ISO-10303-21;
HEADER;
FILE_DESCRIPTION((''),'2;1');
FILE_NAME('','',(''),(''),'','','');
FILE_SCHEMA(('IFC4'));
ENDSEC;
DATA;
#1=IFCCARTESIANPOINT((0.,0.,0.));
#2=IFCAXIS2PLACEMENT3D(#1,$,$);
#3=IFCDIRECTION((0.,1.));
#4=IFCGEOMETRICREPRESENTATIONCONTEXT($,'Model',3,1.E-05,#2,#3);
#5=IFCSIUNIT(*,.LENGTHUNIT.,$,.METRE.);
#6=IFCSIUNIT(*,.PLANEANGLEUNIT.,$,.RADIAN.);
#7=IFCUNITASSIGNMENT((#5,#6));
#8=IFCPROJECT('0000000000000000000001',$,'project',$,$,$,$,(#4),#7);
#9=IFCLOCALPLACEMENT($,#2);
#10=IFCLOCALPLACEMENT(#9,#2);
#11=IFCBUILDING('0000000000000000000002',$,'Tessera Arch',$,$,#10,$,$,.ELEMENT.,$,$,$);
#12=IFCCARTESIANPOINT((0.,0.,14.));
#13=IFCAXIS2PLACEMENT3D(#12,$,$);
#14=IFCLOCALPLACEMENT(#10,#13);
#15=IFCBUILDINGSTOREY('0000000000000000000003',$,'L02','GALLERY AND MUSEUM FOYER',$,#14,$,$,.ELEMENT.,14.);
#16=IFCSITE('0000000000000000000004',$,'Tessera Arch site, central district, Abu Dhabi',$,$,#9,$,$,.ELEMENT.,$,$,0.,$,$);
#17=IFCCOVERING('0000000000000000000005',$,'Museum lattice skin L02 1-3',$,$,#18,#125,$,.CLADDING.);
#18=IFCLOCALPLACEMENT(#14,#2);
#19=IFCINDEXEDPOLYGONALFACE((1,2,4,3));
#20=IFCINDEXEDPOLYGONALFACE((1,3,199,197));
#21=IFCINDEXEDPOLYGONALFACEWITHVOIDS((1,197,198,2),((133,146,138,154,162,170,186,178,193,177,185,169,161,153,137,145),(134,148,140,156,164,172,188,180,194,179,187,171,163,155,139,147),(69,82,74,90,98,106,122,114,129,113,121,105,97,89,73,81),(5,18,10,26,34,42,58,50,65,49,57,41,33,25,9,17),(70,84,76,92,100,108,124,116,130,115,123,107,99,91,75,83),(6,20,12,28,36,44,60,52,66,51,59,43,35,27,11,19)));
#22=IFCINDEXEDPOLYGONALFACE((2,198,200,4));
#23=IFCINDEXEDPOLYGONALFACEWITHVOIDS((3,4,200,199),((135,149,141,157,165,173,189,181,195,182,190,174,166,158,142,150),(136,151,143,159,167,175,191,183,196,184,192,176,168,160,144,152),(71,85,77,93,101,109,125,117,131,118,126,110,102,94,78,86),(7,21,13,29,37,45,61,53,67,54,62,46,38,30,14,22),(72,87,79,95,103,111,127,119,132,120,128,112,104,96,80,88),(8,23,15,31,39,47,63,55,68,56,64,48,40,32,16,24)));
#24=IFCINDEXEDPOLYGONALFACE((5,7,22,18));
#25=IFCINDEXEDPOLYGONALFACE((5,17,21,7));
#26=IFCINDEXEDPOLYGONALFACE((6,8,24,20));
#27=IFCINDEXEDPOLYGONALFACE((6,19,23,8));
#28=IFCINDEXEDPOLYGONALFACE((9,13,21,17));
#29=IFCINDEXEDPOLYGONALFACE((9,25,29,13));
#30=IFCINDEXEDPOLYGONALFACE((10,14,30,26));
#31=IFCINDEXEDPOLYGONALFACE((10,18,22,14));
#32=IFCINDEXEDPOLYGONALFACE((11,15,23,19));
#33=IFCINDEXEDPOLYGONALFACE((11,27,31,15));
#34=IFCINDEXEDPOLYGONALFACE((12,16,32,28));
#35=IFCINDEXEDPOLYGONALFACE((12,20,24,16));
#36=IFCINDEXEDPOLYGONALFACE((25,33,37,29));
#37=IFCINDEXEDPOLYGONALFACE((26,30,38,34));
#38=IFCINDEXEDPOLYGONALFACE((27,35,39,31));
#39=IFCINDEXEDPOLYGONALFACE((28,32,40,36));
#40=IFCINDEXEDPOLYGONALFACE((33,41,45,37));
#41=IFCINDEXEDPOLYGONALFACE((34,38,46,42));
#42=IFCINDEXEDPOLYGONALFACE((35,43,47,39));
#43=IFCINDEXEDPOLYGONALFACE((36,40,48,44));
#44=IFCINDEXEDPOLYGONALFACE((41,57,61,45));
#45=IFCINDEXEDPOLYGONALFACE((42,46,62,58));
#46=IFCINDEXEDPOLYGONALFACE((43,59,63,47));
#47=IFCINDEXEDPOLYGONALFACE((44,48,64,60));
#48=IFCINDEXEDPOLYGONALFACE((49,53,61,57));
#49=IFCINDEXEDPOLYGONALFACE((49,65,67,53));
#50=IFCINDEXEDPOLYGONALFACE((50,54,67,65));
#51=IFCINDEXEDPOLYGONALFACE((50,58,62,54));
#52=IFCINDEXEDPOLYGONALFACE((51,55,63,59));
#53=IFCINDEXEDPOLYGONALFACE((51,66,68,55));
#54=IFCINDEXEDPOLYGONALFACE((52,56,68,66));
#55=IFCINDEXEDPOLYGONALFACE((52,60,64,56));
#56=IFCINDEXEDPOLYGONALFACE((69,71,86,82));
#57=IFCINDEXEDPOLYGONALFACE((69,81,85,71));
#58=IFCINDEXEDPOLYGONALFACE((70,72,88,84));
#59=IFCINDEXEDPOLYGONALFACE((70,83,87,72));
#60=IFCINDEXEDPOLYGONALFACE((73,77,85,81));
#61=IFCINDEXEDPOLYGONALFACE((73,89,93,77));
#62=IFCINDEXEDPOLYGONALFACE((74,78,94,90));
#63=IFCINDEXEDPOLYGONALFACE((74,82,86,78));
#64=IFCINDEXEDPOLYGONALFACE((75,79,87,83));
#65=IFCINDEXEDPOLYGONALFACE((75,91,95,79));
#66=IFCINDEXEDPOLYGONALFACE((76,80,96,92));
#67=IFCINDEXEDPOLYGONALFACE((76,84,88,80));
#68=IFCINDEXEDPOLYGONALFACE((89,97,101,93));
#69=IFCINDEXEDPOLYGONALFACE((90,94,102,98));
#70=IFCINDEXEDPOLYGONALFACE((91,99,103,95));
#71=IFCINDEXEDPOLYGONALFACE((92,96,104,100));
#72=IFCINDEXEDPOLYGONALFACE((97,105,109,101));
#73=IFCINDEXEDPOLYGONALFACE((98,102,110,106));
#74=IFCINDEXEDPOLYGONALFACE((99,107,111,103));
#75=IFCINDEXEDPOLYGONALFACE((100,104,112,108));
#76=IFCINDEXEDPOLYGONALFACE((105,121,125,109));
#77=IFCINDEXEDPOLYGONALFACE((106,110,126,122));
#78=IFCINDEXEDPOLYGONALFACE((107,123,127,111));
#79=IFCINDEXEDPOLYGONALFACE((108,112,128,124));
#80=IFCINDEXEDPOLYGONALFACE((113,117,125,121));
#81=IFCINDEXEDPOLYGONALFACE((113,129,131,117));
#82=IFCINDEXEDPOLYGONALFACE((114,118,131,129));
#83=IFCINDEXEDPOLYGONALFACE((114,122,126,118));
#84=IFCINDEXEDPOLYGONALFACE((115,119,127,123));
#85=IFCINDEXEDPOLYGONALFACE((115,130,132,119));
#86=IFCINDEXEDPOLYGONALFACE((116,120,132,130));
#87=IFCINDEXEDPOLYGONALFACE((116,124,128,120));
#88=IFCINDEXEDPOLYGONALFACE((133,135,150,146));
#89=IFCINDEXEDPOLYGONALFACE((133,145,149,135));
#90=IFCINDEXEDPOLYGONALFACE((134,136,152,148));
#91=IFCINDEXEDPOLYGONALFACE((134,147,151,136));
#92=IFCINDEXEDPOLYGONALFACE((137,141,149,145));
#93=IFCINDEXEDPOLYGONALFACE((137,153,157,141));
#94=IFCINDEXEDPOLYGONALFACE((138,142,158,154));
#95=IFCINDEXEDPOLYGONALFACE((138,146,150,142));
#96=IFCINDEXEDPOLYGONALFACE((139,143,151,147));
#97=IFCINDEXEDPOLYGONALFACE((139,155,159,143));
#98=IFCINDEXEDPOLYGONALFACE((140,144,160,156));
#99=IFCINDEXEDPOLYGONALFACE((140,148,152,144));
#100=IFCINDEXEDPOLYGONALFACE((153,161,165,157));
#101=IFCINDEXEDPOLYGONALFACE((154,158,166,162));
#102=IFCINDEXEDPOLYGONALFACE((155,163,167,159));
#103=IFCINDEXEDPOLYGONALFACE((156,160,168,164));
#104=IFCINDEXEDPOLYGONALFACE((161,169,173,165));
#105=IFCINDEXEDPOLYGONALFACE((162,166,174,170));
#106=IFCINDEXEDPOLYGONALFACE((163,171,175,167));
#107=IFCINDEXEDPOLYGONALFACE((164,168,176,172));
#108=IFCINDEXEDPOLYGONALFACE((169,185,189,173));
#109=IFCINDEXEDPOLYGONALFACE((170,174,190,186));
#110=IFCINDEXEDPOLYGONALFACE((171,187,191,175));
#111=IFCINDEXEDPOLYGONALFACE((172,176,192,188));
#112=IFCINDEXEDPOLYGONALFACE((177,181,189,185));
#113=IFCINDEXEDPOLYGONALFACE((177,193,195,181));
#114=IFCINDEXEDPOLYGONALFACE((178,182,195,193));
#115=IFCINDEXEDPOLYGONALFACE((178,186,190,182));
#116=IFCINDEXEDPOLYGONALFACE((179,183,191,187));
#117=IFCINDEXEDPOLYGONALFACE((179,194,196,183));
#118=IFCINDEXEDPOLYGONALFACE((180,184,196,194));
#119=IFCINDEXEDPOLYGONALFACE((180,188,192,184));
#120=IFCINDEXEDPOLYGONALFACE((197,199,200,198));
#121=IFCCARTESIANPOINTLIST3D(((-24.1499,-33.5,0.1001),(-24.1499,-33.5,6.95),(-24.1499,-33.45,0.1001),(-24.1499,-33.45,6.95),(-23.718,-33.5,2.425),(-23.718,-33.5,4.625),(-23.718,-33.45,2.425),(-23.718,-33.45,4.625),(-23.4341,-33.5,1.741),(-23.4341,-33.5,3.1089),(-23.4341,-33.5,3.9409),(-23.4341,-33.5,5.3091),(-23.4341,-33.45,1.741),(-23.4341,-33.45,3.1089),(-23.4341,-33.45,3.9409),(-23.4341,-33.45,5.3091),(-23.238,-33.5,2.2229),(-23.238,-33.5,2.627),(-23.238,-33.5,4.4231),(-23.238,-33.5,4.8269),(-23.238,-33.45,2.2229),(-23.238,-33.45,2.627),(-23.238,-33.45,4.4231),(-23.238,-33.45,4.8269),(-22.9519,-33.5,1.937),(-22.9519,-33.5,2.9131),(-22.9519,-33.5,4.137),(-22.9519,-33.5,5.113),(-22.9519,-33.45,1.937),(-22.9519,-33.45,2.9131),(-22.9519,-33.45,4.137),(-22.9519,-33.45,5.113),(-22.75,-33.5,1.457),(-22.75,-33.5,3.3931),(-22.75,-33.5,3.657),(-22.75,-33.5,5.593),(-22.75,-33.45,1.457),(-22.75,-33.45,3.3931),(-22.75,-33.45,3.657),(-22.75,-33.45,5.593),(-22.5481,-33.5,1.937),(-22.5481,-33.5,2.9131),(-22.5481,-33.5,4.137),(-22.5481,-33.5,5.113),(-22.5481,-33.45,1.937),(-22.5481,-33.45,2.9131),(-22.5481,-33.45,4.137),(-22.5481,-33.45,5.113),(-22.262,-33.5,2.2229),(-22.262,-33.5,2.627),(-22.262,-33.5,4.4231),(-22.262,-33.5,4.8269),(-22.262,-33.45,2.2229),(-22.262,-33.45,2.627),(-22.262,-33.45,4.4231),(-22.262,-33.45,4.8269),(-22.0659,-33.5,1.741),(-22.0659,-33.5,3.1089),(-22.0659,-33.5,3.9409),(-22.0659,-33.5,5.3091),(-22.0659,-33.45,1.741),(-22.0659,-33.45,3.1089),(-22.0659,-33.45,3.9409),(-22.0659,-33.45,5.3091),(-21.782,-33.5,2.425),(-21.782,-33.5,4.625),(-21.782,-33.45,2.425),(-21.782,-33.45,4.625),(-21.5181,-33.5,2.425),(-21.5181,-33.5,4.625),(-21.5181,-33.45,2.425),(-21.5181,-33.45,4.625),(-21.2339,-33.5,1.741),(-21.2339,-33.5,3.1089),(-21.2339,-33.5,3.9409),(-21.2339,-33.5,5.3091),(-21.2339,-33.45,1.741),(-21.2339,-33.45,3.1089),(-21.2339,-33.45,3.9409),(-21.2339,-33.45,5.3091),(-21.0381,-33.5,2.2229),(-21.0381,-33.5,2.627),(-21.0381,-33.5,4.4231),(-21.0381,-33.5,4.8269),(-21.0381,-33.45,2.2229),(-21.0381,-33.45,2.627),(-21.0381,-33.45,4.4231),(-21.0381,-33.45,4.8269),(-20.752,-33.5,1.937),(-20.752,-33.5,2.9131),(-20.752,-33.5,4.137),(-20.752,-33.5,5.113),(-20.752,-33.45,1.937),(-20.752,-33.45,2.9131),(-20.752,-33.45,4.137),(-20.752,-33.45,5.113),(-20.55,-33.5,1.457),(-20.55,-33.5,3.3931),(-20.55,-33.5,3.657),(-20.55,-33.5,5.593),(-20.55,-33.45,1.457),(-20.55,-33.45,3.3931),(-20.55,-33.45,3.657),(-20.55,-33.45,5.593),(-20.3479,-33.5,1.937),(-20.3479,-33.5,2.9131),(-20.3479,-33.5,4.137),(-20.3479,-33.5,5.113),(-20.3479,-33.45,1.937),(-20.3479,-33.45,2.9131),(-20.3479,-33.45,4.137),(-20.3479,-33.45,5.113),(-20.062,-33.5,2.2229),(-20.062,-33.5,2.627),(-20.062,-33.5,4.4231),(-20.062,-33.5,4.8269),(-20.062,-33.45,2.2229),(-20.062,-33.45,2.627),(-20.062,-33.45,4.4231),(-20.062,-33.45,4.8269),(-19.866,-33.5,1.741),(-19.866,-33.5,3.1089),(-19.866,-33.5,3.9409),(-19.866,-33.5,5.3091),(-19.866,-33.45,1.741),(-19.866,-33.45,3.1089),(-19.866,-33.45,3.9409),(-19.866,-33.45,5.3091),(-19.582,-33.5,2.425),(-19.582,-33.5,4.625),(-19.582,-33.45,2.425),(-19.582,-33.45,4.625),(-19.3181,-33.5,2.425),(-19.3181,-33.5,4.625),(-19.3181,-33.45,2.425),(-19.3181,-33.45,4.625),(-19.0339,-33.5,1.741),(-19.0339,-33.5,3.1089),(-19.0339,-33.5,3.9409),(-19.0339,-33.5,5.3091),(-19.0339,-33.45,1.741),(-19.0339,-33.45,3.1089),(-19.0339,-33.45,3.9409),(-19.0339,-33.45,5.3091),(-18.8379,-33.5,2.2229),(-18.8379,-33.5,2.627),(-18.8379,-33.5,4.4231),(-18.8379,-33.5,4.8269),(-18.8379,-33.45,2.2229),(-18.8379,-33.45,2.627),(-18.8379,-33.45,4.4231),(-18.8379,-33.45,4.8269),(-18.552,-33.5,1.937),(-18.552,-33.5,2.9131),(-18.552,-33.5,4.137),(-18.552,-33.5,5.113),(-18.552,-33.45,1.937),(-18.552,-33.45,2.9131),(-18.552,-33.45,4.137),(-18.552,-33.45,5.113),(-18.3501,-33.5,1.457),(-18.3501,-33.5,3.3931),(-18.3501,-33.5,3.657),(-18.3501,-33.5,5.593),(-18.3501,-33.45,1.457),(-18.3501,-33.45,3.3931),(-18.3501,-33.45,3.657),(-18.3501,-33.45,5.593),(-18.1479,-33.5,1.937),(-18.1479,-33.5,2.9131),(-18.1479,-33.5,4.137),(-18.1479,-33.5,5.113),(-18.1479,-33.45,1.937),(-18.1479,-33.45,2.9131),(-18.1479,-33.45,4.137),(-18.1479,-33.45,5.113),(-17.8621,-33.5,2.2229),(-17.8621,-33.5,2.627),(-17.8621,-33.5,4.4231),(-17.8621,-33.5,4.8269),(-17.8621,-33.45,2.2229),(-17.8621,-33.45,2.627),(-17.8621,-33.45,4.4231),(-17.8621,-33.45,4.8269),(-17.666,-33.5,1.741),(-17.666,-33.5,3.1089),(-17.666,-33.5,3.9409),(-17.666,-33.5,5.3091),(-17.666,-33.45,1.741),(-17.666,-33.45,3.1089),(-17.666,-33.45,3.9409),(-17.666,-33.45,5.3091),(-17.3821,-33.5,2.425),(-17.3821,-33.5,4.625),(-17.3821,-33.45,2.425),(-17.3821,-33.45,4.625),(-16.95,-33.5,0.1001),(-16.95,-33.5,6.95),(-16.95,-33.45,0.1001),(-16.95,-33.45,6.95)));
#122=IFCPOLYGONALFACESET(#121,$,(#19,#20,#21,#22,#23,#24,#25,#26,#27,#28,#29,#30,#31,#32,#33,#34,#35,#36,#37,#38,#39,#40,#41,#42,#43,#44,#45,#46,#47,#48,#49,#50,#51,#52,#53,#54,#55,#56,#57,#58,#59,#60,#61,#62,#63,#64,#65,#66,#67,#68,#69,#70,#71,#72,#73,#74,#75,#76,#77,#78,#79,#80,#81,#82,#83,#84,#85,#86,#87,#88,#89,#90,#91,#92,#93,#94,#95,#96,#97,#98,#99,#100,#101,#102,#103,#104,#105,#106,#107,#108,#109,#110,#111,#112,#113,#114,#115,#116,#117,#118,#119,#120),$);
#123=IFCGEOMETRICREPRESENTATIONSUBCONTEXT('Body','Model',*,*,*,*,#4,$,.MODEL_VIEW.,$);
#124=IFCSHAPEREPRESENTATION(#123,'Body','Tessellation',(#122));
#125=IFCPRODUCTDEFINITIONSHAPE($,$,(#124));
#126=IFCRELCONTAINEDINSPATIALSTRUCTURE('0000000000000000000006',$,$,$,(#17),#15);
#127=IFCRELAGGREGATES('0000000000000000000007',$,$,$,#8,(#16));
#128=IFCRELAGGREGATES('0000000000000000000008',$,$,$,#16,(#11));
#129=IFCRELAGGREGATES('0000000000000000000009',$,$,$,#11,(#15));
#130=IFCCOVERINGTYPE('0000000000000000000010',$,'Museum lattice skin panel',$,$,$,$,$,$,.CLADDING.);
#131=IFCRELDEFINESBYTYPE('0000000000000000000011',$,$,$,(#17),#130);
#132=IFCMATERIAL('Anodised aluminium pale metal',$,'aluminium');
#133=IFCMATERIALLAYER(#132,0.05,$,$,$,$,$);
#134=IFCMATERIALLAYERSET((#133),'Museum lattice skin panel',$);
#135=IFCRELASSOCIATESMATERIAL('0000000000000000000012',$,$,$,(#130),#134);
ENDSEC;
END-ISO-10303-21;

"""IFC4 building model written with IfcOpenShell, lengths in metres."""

from ifc_helpers import new_model, si_unit, direction, frame, origin, place, context, subcontext, project, spatial, polyline, outline, extrude, material, layer, layer_set, type_object, element, save


model = new_model("IFC4")

# Units and contexts
model_context = context("Model", 3, precision=1e-05, world=origin(), true_north=direction((0.0, 1.0)))
body_context = subcontext(model_context, "Body", "Model", "MODEL_VIEW")
ifc_project = project(units=[si_unit("LENGTHUNIT", "METRE"), si_unit("PLANEANGLEUNIT", "RADIAN")], contexts=[model_context])

# Site, building, storey
site_placement = place(None, origin())
site = spatial("IfcSite", under=ifc_project, at=site_placement, Name="Tessera Arch site, central district, Abu Dhabi", CompositionType="ELEMENT", RefElevation=0.0)
building_placement = place(site_placement, origin())
building = spatial("IfcBuilding", under=site, at=building_placement, Name="Tessera Arch", CompositionType="ELEMENT")
storey_placement = place(building_placement, frame((0.0, 0.0, 14.0)))
storey = spatial("IfcBuildingStorey", under=building, at=storey_placement, Name="L02", Description="GALLERY AND MUSEUM FOYER", CompositionType="ELEMENT", Elevation=14.0)

# Covering
ifc_material_1 = material(Name="Anodised aluminium pale metal", Category="aluminium")
ifc_layer_1 = layer(ifc_material_1, 0.05)
ifc_layer_set_1 = layer_set([ifc_layer_1], Name="Museum lattice skin panel")
covering_type_1 = type_object("IfcCoveringType", Name="Museum lattice skin panel", PredefinedType="CLADDING", material=ifc_layer_set_1)
covering_1_placement = place(storey_placement, frame((-24.1499, -33.45, 6.95), z_axis=(0.0, 1.0, 0.0), x_axis=(1.0, 0.0, 0.0)))
element("IfcCovering", 1, at=covering_1_placement, inside=storey, type_object=covering_type_1, Name="Museum lattice skin L02 1-3", PredefinedType="CLADDING", context=body_context, shape_type="SweptSolid", body=[
    extrude(outline(polyline([(0.0, 0.0), (7.2, 0.0), (7.2, 6.8499), (0.0, 6.8499), (0.0, 0.0)]), holes=[polyline([(2.3679, 4.5249), (1.8879, 4.323), (2.084, 3.8411), (1.6018, 4.0369), (1.3999, 3.5569), (1.198, 4.0369), (0.7158, 3.8411), (0.9119, 4.323), (0.4319, 4.5249), (0.9119, 4.7271), (0.7158, 5.209), (1.198, 5.0129), (1.3999, 5.4929), (1.6018, 5.0129), (2.084, 5.209), (1.8879, 4.7271), (2.3679, 4.5249)]), polyline([(2.3679, 2.325), (1.8879, 2.123), (2.084, 1.6409), (1.6018, 1.8369), (1.3999, 1.3569), (1.198, 1.8369), (0.7158, 1.6409), (0.9119, 2.123), (0.4319, 2.325), (0.9119, 2.5269), (0.7158, 3.009), (1.198, 2.813), (1.3999, 3.293), (1.6018, 2.813), (2.084, 3.009), (1.8879, 2.5269), (2.3679, 2.325)]), polyline([(4.5679, 4.5249), (4.0879, 4.323), (4.2839, 3.8411), (3.802, 4.0369), (3.5999, 3.5569), (3.3979, 4.0369), (2.916, 3.8411), (3.1118, 4.323), (2.6318, 4.5249), (3.1118, 4.7271), (2.916, 5.209), (3.3979, 5.0129), (3.5999, 5.4929), (3.802, 5.0129), (4.2839, 5.209), (4.0879, 4.7271), (4.5679, 4.5249)]), polyline([(4.5679, 2.325), (4.0879, 2.123), (4.2839, 1.6409), (3.802, 1.8369), (3.5999, 1.3569), (3.3979, 1.8369), (2.916, 1.6409), (3.1118, 2.123), (2.6318, 2.325), (3.1118, 2.5269), (2.916, 3.009), (3.3979, 2.813), (3.5999, 3.293), (3.802, 2.813), (4.2839, 3.009), (4.0879, 2.5269), (4.5679, 2.325)]), polyline([(6.7678, 4.5249), (6.2878, 4.323), (6.4839, 3.8411), (6.002, 4.0369), (5.7998, 3.5569), (5.5979, 4.0369), (5.116, 3.8411), (5.312, 4.323), (4.8318, 4.5249), (5.312, 4.7271), (5.116, 5.209), (5.5979, 5.0129), (5.7998, 5.4929), (6.002, 5.0129), (6.4839, 5.209), (6.2878, 4.7271), (6.7678, 4.5249)]), polyline([(6.7678, 2.325), (6.2878, 2.123), (6.4839, 1.6409), (6.002, 1.8369), (5.7998, 1.3569), (5.5979, 1.8369), (5.116, 1.6409), (5.312, 2.123), (4.8318, 2.325), (5.312, 2.5269), (5.116, 3.009), (5.5979, 2.813), (5.7998, 3.293), (6.002, 2.813), (6.4839, 3.009), (6.2878, 2.5269), (6.7678, 2.325)])]), origin(), (0.0, 0.0, -1.0), 0.05),
])

save(model, "model.ifc")
